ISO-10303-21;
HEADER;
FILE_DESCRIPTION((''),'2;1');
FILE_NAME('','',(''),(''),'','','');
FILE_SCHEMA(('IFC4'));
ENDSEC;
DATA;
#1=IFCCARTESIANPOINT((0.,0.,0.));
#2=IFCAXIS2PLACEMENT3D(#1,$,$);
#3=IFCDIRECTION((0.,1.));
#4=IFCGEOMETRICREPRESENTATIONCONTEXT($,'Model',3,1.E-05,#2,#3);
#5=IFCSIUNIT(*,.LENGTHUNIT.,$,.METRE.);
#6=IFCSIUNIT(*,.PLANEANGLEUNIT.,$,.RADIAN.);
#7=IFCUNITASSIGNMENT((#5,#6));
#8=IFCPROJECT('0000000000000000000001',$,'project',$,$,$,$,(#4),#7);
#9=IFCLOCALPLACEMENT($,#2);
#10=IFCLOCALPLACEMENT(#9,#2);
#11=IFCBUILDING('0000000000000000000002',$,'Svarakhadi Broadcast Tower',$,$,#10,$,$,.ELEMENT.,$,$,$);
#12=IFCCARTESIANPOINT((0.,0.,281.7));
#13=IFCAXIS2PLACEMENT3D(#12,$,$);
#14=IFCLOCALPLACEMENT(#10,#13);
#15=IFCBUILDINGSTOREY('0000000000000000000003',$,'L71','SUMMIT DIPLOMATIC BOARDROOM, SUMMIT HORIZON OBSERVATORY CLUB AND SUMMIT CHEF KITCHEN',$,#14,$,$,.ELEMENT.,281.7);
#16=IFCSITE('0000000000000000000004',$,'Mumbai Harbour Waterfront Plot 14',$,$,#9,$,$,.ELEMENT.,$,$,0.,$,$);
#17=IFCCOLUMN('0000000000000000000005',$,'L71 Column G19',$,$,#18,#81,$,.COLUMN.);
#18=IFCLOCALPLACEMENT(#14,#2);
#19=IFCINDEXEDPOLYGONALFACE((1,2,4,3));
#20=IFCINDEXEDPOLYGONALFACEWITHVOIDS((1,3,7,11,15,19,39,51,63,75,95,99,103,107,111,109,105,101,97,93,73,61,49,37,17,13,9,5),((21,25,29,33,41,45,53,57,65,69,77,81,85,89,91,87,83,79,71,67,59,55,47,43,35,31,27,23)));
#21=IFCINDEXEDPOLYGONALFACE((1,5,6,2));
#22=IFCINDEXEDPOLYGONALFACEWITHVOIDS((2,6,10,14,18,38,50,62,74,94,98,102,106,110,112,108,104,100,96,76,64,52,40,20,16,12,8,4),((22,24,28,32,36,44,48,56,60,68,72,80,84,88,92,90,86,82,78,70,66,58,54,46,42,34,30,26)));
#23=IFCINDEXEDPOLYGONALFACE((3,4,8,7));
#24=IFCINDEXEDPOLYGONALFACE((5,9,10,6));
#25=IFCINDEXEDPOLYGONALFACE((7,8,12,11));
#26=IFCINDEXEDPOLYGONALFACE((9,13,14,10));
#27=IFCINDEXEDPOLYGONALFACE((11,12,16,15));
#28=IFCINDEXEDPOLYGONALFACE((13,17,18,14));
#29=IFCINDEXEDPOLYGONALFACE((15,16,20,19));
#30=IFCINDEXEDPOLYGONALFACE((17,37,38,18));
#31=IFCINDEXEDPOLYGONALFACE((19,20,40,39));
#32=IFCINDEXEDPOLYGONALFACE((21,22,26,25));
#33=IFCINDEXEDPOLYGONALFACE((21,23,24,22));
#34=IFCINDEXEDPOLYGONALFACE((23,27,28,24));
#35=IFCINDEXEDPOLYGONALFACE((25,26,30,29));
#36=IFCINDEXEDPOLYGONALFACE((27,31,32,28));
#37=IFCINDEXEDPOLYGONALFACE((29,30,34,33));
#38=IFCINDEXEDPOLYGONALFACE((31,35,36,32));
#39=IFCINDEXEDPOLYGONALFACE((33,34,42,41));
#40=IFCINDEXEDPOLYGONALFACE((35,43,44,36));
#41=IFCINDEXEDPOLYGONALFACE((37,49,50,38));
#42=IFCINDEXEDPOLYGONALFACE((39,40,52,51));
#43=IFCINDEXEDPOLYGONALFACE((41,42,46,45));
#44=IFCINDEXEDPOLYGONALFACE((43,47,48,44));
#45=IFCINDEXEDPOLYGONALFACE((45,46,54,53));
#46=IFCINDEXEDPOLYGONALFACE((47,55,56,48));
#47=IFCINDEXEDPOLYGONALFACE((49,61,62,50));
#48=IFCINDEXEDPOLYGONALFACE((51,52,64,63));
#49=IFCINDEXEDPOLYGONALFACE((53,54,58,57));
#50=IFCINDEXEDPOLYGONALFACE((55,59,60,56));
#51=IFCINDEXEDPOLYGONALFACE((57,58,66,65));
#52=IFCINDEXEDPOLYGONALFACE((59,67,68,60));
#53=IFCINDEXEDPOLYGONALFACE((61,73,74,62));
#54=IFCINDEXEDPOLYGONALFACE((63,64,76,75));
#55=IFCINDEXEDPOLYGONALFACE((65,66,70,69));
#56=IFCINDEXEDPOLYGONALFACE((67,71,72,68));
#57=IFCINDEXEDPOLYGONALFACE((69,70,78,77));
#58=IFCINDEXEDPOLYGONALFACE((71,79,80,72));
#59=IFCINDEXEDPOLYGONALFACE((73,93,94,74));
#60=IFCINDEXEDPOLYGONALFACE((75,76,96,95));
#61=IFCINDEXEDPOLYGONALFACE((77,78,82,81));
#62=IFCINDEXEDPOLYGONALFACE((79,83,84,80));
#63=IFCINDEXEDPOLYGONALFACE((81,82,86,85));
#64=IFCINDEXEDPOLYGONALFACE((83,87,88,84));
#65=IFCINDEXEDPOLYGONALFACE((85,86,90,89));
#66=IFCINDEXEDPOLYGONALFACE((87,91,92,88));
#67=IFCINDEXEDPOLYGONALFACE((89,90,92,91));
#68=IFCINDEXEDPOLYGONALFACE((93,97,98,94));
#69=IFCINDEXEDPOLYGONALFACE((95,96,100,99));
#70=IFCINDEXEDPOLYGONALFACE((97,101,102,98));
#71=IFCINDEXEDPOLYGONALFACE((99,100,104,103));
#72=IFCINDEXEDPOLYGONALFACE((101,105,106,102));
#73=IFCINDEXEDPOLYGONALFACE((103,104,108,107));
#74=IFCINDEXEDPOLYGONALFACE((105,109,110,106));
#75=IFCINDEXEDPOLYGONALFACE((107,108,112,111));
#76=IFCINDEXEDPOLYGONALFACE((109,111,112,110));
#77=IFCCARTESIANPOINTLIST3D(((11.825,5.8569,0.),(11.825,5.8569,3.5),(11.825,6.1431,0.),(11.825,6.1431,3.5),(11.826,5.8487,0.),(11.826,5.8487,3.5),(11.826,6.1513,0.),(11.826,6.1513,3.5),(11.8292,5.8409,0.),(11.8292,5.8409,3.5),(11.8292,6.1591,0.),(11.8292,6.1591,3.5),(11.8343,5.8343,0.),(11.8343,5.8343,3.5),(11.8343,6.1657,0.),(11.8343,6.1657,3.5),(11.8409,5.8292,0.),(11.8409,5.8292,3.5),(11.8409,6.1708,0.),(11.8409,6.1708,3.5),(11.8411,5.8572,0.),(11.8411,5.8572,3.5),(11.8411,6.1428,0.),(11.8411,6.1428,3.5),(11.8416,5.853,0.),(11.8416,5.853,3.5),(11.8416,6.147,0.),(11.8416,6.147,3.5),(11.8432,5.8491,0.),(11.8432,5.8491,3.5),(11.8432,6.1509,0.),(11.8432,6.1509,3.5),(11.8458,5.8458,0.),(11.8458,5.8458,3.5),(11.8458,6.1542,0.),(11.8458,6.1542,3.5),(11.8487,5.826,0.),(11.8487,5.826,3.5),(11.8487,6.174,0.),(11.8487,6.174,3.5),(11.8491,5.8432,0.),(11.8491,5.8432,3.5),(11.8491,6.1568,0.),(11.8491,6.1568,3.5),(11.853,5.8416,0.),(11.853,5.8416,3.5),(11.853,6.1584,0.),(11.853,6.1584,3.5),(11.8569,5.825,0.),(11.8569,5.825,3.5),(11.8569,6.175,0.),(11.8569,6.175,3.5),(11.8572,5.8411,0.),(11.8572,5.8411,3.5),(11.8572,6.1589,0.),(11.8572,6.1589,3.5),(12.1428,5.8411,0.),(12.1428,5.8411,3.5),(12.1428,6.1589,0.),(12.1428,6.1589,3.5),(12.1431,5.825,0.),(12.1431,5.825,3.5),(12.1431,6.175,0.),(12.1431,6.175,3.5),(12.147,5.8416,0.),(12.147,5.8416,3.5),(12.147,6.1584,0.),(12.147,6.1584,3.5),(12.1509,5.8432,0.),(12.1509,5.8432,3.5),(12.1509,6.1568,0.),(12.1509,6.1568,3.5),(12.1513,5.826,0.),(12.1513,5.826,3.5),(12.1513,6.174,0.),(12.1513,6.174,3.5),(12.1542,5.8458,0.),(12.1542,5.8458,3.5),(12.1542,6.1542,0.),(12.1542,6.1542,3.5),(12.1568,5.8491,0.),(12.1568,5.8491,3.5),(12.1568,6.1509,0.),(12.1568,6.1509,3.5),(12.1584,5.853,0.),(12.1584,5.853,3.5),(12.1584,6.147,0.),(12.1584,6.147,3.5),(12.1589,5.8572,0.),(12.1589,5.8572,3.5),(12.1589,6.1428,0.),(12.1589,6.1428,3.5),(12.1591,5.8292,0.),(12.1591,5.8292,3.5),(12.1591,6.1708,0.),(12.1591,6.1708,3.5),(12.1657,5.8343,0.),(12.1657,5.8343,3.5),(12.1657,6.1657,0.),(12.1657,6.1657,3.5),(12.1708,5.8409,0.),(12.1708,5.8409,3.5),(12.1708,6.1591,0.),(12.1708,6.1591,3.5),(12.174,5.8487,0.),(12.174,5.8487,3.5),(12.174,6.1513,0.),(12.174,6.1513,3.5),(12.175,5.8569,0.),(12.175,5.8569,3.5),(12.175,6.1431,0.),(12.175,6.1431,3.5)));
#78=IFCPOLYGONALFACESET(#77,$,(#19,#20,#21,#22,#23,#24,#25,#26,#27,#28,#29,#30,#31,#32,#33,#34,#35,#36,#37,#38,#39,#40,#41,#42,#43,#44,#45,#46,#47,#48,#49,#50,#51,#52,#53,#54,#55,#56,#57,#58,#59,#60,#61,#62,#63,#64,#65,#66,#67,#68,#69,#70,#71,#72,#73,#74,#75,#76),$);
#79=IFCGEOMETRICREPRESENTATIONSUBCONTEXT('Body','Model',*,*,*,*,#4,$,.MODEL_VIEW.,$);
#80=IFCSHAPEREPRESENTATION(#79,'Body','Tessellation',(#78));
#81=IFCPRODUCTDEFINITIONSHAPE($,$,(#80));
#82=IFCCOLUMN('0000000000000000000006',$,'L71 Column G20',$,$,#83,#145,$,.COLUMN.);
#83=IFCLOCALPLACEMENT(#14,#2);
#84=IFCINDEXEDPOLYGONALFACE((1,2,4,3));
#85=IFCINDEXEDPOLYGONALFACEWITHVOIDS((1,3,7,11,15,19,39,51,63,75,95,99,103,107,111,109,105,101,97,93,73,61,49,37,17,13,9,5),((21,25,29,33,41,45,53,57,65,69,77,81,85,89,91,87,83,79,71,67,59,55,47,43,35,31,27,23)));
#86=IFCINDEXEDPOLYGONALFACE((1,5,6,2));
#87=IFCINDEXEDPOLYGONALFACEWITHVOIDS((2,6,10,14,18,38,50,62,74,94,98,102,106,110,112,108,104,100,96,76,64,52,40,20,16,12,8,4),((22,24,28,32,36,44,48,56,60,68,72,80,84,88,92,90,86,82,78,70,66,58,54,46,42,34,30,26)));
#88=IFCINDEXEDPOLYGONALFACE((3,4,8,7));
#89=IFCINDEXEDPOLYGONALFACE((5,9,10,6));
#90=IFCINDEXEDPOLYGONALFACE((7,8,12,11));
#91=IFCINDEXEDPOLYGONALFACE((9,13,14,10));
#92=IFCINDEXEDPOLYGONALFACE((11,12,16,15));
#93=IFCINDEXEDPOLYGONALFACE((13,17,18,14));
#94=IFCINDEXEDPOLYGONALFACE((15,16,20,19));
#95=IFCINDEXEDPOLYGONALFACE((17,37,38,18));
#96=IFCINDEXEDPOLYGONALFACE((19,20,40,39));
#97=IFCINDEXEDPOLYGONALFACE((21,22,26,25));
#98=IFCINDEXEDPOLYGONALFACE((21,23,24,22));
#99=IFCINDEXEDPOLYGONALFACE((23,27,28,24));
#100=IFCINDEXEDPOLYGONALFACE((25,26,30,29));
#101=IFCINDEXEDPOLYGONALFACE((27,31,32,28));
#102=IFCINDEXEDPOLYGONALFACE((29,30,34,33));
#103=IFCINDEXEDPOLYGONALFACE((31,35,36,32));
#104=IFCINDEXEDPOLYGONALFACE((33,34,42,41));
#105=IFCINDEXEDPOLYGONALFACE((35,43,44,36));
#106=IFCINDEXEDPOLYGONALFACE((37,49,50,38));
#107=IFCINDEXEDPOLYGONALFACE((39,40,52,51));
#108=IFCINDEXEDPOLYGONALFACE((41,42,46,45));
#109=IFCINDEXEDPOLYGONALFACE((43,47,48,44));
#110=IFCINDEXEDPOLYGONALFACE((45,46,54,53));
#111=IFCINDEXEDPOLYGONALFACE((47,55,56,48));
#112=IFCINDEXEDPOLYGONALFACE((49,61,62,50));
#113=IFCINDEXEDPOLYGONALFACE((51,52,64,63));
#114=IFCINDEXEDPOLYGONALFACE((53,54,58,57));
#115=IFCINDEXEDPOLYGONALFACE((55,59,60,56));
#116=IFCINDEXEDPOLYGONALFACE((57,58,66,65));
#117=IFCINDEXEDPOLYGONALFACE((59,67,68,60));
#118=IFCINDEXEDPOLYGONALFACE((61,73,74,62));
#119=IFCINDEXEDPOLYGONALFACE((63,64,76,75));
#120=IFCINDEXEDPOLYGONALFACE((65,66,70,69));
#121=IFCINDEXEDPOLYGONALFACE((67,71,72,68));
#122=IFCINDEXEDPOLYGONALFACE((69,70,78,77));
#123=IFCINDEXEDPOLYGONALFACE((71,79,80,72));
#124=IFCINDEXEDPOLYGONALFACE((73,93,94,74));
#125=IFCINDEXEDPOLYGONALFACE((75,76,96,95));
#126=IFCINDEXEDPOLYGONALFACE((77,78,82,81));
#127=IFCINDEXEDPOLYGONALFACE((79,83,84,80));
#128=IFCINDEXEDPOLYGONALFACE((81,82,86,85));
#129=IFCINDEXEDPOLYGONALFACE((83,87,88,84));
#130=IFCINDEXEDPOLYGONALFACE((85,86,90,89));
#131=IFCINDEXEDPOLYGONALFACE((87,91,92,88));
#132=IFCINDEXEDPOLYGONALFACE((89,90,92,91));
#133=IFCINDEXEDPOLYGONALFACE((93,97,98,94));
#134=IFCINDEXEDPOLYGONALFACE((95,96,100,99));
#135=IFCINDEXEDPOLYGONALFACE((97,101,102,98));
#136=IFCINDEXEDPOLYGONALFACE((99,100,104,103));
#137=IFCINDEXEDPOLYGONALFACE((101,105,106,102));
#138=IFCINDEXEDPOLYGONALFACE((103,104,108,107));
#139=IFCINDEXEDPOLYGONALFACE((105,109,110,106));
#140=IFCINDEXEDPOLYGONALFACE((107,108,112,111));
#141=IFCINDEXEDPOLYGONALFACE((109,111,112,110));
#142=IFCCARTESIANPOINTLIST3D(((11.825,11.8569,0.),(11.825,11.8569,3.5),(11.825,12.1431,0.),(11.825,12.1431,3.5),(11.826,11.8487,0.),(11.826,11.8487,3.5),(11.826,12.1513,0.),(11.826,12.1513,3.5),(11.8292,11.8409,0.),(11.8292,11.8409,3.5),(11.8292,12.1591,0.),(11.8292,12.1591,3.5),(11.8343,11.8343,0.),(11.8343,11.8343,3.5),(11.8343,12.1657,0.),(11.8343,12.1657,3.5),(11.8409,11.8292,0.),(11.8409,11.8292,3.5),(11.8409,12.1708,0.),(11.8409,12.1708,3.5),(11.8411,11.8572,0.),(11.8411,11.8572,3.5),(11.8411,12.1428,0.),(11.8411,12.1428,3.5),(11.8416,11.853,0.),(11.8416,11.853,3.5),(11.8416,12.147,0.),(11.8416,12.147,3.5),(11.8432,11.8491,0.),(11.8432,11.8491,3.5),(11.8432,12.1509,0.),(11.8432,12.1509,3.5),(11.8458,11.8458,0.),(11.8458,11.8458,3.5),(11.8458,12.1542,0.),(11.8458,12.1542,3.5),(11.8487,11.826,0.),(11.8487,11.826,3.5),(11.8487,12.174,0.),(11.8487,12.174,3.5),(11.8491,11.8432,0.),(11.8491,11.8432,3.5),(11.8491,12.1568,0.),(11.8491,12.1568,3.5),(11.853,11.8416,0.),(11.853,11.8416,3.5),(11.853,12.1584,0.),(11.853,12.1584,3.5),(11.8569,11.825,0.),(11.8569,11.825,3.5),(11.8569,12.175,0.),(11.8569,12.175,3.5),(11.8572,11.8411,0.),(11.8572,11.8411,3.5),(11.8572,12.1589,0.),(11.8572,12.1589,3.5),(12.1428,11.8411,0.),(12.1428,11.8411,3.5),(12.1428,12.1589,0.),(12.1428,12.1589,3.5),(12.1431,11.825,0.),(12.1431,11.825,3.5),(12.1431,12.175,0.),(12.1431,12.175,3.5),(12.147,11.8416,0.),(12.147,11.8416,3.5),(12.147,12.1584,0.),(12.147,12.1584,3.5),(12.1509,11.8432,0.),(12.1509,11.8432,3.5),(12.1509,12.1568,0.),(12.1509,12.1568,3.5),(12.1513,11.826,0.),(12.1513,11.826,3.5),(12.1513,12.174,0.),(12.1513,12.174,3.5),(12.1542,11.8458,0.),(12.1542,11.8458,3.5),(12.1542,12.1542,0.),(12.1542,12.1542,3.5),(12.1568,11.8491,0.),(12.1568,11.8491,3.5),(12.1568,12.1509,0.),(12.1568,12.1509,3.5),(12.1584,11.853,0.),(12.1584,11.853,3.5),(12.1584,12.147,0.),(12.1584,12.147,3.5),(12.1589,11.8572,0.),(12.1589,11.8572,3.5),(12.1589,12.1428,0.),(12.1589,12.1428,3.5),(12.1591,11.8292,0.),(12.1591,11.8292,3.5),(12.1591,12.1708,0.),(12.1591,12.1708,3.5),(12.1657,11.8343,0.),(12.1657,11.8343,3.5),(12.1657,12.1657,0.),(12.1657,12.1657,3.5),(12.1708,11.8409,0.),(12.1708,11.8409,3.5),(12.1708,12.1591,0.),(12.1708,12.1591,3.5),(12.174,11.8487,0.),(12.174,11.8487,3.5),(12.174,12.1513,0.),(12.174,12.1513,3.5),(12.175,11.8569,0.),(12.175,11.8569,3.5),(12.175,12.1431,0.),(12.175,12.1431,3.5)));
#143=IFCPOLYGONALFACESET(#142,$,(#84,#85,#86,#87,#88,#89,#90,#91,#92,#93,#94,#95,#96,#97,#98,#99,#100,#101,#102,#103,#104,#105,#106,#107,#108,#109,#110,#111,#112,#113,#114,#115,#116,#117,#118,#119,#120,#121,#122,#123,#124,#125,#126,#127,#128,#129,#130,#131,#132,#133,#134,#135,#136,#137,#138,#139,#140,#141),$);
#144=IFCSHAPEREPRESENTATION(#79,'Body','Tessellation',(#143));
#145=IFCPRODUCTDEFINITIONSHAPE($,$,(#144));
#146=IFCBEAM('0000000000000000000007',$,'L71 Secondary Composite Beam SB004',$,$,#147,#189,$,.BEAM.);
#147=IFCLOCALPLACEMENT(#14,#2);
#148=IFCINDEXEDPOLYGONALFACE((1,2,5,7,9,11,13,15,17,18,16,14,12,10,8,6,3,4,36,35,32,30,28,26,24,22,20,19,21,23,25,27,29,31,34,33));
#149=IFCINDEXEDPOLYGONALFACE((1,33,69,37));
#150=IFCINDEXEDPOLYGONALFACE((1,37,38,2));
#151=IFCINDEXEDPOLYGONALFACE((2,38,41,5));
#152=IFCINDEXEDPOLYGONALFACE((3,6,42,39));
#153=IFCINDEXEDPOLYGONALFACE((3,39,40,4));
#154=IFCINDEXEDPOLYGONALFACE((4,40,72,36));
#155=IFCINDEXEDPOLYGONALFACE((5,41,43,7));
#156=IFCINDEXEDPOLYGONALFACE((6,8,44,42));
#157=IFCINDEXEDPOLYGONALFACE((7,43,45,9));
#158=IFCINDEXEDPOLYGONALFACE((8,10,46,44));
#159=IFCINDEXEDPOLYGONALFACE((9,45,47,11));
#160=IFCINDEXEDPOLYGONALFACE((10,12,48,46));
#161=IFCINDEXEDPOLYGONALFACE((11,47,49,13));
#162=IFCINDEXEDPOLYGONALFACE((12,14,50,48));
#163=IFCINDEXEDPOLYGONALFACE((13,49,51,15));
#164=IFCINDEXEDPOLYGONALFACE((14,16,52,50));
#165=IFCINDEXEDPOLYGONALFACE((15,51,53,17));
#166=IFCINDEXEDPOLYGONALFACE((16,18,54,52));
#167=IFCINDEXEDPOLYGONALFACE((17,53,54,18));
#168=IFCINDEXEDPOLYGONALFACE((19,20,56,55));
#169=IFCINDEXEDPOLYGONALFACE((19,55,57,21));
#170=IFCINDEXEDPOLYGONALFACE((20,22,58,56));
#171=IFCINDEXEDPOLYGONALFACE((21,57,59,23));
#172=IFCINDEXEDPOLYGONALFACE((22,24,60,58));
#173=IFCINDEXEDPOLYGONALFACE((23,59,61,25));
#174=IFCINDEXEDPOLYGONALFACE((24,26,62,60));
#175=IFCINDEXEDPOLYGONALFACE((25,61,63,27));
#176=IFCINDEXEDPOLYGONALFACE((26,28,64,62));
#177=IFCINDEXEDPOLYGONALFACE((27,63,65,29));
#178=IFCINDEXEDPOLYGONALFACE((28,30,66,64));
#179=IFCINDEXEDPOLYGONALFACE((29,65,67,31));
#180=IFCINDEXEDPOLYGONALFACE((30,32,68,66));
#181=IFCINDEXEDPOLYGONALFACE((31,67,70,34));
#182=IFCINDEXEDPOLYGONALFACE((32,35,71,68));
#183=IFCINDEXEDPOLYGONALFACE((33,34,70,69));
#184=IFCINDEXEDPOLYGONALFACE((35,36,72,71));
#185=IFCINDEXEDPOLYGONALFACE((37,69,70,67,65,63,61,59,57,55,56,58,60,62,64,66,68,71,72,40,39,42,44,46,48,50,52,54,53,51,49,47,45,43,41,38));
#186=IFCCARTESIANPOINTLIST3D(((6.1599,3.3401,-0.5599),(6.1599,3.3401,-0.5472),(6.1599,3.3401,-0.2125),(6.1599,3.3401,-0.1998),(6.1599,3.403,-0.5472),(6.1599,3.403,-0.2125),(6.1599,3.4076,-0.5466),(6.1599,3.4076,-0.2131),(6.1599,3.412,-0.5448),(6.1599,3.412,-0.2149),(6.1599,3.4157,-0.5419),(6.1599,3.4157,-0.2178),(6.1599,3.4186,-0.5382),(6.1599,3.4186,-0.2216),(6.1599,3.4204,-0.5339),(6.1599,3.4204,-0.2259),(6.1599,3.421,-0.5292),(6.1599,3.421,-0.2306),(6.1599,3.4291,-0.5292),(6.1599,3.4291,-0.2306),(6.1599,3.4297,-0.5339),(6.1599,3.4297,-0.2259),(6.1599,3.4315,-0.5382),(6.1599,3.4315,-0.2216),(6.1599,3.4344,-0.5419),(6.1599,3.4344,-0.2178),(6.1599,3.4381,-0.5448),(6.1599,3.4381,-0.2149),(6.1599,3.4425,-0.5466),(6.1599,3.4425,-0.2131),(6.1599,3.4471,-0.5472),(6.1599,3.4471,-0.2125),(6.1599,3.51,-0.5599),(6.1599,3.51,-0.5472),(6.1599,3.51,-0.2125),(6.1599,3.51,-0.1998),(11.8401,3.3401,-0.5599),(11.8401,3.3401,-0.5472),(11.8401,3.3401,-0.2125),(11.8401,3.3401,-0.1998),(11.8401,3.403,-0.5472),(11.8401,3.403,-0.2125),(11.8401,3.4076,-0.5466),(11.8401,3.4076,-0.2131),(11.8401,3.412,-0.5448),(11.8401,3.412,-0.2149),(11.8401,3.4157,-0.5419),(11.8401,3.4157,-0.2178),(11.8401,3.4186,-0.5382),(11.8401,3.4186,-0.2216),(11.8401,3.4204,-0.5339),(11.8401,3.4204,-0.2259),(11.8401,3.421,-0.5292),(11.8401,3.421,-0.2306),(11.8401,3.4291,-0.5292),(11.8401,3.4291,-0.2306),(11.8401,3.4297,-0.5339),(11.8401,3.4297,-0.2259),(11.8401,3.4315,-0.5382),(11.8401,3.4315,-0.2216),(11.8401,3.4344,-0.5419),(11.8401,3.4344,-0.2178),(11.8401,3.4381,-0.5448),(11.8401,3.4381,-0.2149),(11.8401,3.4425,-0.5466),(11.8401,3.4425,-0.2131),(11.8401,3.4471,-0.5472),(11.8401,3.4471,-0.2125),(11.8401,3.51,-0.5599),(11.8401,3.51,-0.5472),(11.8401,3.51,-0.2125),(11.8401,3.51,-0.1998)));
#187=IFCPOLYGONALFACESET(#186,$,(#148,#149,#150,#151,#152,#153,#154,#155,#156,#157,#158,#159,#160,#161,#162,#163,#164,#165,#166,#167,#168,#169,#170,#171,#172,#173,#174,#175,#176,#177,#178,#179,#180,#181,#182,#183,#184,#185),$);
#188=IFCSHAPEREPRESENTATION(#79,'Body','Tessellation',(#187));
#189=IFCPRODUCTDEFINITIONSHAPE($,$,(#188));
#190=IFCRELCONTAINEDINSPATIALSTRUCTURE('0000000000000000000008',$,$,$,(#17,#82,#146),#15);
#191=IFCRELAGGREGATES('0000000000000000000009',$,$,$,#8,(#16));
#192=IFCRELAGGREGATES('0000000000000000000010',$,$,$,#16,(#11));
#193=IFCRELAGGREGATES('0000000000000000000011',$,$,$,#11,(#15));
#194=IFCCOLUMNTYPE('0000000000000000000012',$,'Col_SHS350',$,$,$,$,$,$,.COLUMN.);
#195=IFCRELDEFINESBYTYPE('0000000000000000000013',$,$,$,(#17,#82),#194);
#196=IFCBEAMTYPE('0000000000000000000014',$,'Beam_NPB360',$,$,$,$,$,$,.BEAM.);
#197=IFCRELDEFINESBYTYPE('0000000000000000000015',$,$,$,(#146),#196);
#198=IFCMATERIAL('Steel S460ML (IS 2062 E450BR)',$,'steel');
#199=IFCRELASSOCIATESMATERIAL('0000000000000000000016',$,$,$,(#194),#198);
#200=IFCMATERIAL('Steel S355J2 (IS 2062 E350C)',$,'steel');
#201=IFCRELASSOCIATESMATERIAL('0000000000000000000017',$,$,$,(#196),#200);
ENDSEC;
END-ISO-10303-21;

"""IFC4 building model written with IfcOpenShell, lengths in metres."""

from ifc_helpers import new_model, si_unit, direction, frame, origin, origin_2d, place, context, subcontext, project, spatial, hollow_rectangle, i_section, extrude, material, material_profile, profile_set, type_object, element, save


model = new_model("IFC4")

# Units and contexts
model_context = context("Model", 3, precision=1e-05, world=origin(), true_north=direction((0.0, 1.0)))
body_context = subcontext(model_context, "Body", "Model", "MODEL_VIEW")
ifc_project = project(units=[si_unit("LENGTHUNIT", "METRE"), si_unit("PLANEANGLEUNIT", "RADIAN")], contexts=[model_context])

# Site, building, storey
site_placement = place(None, origin())
site = spatial("IfcSite", under=ifc_project, at=site_placement, Name="Mumbai Harbour Waterfront Plot 14", CompositionType="ELEMENT", RefElevation=0.0)
building_placement = place(site_placement, origin())
building = spatial("IfcBuilding", under=site, at=building_placement, Name="Svarakhadi Broadcast Tower", CompositionType="ELEMENT")
storey_placement = place(building_placement, frame((0.0, 0.0, 281.7)))
storey = spatial("IfcBuildingStorey", under=building, at=storey_placement, Name="L71", Description="SUMMIT DIPLOMATIC BOARDROOM, SUMMIT HORIZON OBSERVATORY CLUB AND SUMMIT CHEF KITCHEN", CompositionType="ELEMENT", Elevation=281.7)

# Columns
ifc_material_1 = material(Name="Steel S460ML (IS 2062 E450BR)", Category="steel")
ifc_material_profile_1 = material_profile(ifc_material_1, hollow_rectangle(XDim=0.3501, YDim=0.3501, WallThickness=0.0161, InnerFilletRadius=0.0161, OuterFilletRadius=0.032, at=origin_2d()), Name="SHS 350x350x16")
ifc_profile_set_1 = profile_set([ifc_material_profile_1], Name="Steel S460ML (IS 2062 E450BR)")
column_type = type_object("IfcColumnType", Name="Col_SHS350", PredefinedType="COLUMN", material=ifc_profile_set_1)
for number, where, z_axis, x_axis, name in (
    (1, (12.0, 6.0, 0.0), (0.0, 0.0, 1.0), (1.0, 0.0, 0.0), "L71 Column G19"),
    (2, (12.0, 12.0, 0.0), (0.0, 0.0, 1.0), (1.0, 0.0, 0.0), "L71 Column G20"),
):
    element("IfcColumn", number, at=place(storey_placement, frame(where, z_axis=z_axis, x_axis=x_axis)), inside=storey, type_object=column_type, Name=name, PredefinedType="COLUMN", context=body_context, shape_type="SweptSolid", body=[
        extrude(hollow_rectangle(XDim=0.3501, YDim=0.3501, WallThickness=0.0161, InnerFilletRadius=0.0161, OuterFilletRadius=0.032, at=origin_2d()), origin(), (0.0, 0.0, 1.0), 3.5),
    ])

# Beam
ifc_material_2 = material(Name="Steel S355J2 (IS 2062 E350C)", Category="steel")
ifc_material_profile_2 = material_profile(ifc_material_2, i_section(OverallWidth=0.1699, OverallDepth=0.3601, WebThickness=0.0081, FlangeThickness=0.0127, FilletRadius=0.0181, at=origin_2d()), Name="NPB 360x170x57")
ifc_profile_set_2 = profile_set([ifc_material_profile_2], Name="Steel S355J2 (IS 2062 E350C)")
beam_type_1 = type_object("IfcBeamType", Name="Beam_NPB360", PredefinedType="BEAM", material=ifc_profile_set_2)
for number, where, z_axis, x_axis, name in (
    (3, (6.1599, 3.425, -0.3799), (1.0, 0.0, 0.0), (0.0, 1.0, 0.0), "L71 Secondary Composite Beam SB004"),
):
    element("IfcBeam", number, at=place(storey_placement, frame(where, z_axis=z_axis, x_axis=x_axis)), inside=storey, type_object=beam_type_1, Name=name, PredefinedType="BEAM", context=body_context, shape_type="SweptSolid", body=[
        extrude(i_section(OverallWidth=0.1699, OverallDepth=0.3601, WebThickness=0.0081, FlangeThickness=0.0127, FilletRadius=0.0181, at=origin_2d()), origin(), (0.0, 0.0, 1.0), 5.6802),
    ])

save(model, "model.ifc")
